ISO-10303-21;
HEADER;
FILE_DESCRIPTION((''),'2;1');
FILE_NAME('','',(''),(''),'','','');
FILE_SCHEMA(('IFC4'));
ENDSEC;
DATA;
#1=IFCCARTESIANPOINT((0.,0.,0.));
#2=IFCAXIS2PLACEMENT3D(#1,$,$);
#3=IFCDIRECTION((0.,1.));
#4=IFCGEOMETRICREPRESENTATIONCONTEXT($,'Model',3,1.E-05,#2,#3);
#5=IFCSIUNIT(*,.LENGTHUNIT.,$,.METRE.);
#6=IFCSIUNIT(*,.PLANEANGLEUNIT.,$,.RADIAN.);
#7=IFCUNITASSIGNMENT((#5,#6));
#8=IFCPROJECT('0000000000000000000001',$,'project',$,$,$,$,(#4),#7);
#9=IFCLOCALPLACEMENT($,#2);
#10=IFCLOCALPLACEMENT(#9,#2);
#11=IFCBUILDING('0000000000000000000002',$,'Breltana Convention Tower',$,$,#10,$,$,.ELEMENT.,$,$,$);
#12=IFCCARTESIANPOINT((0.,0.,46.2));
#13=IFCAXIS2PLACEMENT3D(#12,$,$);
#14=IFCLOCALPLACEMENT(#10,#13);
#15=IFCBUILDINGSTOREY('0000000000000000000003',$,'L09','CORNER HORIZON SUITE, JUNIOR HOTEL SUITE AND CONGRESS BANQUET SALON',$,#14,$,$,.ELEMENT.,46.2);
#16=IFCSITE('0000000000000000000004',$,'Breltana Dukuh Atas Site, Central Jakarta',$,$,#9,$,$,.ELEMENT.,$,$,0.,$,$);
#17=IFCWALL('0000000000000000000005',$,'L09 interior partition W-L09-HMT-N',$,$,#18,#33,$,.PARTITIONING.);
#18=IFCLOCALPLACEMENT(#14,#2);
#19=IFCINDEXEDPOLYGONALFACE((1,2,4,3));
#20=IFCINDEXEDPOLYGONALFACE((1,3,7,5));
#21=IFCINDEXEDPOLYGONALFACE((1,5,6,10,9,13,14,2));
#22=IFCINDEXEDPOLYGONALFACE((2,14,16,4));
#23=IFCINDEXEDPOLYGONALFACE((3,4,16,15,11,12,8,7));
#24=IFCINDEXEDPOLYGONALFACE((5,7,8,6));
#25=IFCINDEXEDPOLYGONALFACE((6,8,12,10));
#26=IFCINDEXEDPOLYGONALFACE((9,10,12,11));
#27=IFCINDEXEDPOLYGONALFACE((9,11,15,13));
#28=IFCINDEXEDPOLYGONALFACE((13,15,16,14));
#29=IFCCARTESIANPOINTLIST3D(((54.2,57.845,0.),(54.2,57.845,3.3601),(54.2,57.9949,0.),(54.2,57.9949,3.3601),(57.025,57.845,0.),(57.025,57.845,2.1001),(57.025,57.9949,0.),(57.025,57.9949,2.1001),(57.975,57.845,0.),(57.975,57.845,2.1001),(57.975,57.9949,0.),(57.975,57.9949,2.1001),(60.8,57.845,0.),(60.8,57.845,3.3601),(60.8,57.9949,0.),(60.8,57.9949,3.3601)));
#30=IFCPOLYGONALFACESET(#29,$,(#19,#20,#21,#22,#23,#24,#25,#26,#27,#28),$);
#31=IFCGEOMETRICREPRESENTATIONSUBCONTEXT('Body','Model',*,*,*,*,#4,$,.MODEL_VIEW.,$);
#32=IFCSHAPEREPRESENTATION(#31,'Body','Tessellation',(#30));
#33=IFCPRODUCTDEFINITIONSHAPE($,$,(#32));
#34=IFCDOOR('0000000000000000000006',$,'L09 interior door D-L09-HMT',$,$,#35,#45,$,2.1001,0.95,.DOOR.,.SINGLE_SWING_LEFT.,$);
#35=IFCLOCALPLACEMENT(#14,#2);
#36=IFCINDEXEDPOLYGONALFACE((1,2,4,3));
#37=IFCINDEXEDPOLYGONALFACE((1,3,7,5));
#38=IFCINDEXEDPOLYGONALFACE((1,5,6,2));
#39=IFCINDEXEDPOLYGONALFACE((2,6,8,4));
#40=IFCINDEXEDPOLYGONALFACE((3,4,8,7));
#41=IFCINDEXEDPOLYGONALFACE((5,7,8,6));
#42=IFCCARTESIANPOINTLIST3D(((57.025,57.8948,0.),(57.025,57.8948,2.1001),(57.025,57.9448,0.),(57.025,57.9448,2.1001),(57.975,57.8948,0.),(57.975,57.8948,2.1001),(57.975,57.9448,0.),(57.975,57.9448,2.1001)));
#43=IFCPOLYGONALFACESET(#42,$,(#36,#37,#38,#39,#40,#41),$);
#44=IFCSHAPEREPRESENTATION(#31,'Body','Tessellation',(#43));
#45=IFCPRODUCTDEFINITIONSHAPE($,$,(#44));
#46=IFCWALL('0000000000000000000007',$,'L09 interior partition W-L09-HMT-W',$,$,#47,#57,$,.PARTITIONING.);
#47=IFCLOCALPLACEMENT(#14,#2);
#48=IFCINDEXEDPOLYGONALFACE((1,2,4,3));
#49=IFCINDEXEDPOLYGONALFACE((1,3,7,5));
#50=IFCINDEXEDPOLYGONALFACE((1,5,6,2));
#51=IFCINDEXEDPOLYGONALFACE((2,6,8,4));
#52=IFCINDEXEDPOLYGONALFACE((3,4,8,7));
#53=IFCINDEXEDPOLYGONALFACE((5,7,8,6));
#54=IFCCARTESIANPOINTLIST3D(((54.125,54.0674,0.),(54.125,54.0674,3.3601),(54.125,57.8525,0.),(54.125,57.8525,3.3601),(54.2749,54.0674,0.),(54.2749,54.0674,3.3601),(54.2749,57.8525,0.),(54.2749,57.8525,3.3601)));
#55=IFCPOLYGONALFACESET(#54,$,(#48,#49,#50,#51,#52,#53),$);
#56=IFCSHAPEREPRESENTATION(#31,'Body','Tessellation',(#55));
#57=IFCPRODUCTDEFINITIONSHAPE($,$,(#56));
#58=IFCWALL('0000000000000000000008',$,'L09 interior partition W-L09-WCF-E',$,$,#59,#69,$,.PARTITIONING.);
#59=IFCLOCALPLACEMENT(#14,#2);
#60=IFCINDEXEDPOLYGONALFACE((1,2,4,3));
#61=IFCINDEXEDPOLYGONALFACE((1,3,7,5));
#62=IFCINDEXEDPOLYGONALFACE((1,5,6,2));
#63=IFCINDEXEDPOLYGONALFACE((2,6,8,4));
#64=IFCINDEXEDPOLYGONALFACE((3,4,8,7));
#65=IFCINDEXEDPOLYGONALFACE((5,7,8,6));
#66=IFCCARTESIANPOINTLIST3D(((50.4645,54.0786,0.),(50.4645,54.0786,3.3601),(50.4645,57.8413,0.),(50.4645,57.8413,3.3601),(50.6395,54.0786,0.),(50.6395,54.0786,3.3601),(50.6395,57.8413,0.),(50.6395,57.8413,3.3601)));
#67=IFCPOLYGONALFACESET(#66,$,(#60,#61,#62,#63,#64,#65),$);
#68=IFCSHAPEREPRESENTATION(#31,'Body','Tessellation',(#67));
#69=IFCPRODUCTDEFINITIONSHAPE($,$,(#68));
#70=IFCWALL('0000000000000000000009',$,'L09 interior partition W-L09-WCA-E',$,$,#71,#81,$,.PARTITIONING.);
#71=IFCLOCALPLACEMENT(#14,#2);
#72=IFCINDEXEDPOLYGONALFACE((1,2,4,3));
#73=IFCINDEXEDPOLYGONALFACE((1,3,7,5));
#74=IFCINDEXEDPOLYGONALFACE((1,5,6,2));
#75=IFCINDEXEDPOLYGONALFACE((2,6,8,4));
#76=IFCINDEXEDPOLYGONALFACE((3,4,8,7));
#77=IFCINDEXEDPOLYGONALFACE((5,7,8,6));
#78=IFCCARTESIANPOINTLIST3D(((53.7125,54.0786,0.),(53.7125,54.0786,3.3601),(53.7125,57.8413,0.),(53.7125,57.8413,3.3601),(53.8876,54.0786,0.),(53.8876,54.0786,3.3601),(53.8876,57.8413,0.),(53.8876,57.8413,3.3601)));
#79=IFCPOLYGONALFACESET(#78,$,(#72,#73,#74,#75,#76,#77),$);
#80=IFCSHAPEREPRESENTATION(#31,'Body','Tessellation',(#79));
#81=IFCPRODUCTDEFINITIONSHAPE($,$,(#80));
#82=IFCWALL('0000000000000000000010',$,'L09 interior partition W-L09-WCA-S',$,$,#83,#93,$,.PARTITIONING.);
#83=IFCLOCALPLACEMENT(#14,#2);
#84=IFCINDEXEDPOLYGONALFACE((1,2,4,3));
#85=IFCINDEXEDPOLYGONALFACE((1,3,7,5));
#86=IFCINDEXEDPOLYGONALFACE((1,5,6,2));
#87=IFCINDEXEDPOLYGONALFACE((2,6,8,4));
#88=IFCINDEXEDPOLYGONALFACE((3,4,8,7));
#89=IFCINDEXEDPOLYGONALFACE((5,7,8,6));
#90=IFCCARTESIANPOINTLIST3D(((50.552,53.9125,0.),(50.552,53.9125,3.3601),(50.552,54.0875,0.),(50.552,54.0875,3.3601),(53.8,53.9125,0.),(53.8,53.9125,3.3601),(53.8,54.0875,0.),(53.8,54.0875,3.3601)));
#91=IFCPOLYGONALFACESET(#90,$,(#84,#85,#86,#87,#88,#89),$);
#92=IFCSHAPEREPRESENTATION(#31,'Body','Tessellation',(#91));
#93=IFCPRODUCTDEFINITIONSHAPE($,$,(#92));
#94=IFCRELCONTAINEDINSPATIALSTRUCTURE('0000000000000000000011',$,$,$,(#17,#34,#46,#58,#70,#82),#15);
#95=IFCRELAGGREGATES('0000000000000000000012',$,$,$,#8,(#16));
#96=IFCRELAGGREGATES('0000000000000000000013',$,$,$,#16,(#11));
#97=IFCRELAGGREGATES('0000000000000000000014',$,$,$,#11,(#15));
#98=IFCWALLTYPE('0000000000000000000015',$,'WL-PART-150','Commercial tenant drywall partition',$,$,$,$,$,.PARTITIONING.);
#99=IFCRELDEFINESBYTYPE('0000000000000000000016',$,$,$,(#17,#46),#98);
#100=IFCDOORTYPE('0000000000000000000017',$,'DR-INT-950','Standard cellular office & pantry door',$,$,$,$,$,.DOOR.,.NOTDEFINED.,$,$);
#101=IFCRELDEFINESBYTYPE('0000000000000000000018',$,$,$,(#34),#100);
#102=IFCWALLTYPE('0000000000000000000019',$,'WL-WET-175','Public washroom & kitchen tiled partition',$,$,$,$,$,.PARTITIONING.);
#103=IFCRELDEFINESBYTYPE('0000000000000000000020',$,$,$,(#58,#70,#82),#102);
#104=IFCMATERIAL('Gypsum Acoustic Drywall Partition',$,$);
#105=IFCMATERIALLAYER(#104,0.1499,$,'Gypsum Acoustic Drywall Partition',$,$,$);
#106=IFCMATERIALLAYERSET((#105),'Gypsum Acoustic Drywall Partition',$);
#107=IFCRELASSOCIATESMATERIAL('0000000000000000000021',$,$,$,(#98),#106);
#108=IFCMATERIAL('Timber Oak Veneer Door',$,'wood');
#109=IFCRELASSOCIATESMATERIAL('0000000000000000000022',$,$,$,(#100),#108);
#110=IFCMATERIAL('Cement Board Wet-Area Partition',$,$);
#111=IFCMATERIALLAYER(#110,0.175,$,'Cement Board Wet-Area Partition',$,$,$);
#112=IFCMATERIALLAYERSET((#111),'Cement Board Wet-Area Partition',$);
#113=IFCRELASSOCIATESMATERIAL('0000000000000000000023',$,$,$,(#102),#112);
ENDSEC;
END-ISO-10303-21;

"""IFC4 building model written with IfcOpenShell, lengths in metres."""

from ifc_helpers import new_model, si_unit, direction, frame, frame_2d, origin, place, context, subcontext, project, spatial, rectangle, extrude, source, transform, mapped, material, layer, layer_set, type_object, type_shapes, element, fill, save


model = new_model("IFC4")

# Units and contexts
model_context = context("Model", 3, precision=1e-05, world=origin(), true_north=direction((0.0, 1.0)))
body_context = subcontext(model_context, "Body", "Model", "MODEL_VIEW")
ifc_project = project(units=[si_unit("LENGTHUNIT", "METRE"), si_unit("PLANEANGLEUNIT", "RADIAN")], contexts=[model_context])

# Site, building, storey
site_placement = place(None, origin())
site = spatial("IfcSite", under=ifc_project, at=site_placement, Name="Breltana Dukuh Atas Site, Central Jakarta", CompositionType="ELEMENT", RefElevation=0.0)
building_placement = place(site_placement, origin())
building = spatial("IfcBuilding", under=site, at=building_placement, Name="Breltana Convention Tower", CompositionType="ELEMENT")
storey_placement = place(building_placement, frame((0.0, 0.0, 46.2)))
storey = spatial("IfcBuildingStorey", under=building, at=storey_placement, Name="L09", Description="CORNER HORIZON SUITE, JUNIOR HOTEL SUITE AND CONGRESS BANQUET SALON", CompositionType="ELEMENT", Elevation=46.2)

# Shared definitions
ifc_material_1 = material(Name="Gypsum Acoustic Drywall Partition")
ifc_layer_1 = layer(ifc_material_1, 0.1499, Name="Gypsum Acoustic Drywall Partition")
ifc_layer_set_1 = layer_set([ifc_layer_1], Name="Gypsum Acoustic Drywall Partition")
wall_type_1 = type_object("IfcWallType", Name="WL-PART-150", Description="Commercial tenant drywall partition", PredefinedType="PARTITIONING", material=ifc_layer_set_1)

# Wall, opening, door
shared_shape_1 = source(origin(), body_context, "Body", "SweptSolid", [
    extrude(rectangle(XDim=6.6001, YDim=0.1499, at=frame_2d((3.3, 0.0))), origin(), (0.0, 0.0, 1.0), 3.3601),
])
wall_1_placement = place(storey_placement, frame((54.2, 57.9199, 0.0), z_axis=(0.0, 0.0, 1.0), x_axis=(1.0, 0.0, 0.0)))
wall_1 = element("IfcWall", 1, at=wall_1_placement, inside=storey, type_object=wall_type_1, Name="L09 interior partition W-L09-HMT-N", PredefinedType="PARTITIONING", context=body_context, shape_type="MappedRepresentation", body=[
    mapped(shared_shape_1, transform((0.0, 0.0, 0.0), scale=1.0)),
])
opening_1_placement = place(wall_1_placement, frame((2.825, 0.0, 0.0)))
opening_1 = element("IfcOpeningElement", 2, at=opening_1_placement, cuts=wall_1, PredefinedType="OPENING", context=body_context, shape_type="SweptSolid", body=[
    extrude(rectangle(XDim=0.95, YDim=2.1001, at=frame_2d((0.4751, 1.05))), frame((0.0, 0.085, 0.0), z_axis=(0.0, -1.0, 0.0), x_axis=(1.0, 0.0, 0.0)), (0.0, 0.0, 1.0), 0.1699),
])
ifc_material_2 = material(Name="Timber Oak Veneer Door", Category="wood")
door_type_1 = type_object("IfcDoorType", Name="DR-INT-950", Description="Standard cellular office & pantry door", OperationType="NOTDEFINED", PredefinedType="DOOR", material=ifc_material_2)
shared_shape_2 = source(origin(), body_context, "Body", "SweptSolid", [
    extrude(rectangle(XDim=0.95, YDim=2.1001, at=frame_2d((0.4751, 1.05))), frame((0.0, 0.0249, 0.0), z_axis=(0.0, -1.0, 0.0), x_axis=(1.0, 0.0, 0.0)), (0.0, 0.0, 1.0), 0.05),
])
type_shapes(door_type_1, [shared_shape_2])
door_1_placement = place(opening_1_placement, origin())
door_1 = element("IfcDoor", 3, at=door_1_placement, inside=storey, type_object=door_type_1, Name="L09 interior door D-L09-HMT", OperationType="SINGLE_SWING_LEFT", OverallHeight=2.1001, OverallWidth=0.95, PredefinedType="DOOR", context=body_context, shape_type="MappedRepresentation", body=[
    mapped(shared_shape_2, transform((0.0, 0.0, 0.0), scale=1.0)),
])
fill(opening_1, door_1)

# Walls
shared_shape_3 = source(origin(), body_context, "Body", "SweptSolid", [
    extrude(rectangle(XDim=3.7852, YDim=0.1499, at=frame_2d((1.8926, 0.0))), origin(), (0.0, 0.0, 1.0), 3.3601),
])
wall_2_placement = place(storey_placement, frame((54.2, 54.0674, 0.0), z_axis=(0.0, 0.0, 1.0), x_axis=(0.0, 1.0, 0.0)))
element("IfcWall", 4, at=wall_2_placement, inside=storey, type_object=wall_type_1, Name="L09 interior partition W-L09-HMT-W", PredefinedType="PARTITIONING", context=body_context, shape_type="MappedRepresentation", body=[
    mapped(shared_shape_3, transform((0.0, 0.0, 0.0), scale=1.0)),
])
ifc_material_3 = material(Name="Cement Board Wet-Area Partition")
ifc_layer_2 = layer(ifc_material_3, 0.175, Name="Cement Board Wet-Area Partition")
ifc_layer_set_2 = layer_set([ifc_layer_2], Name="Cement Board Wet-Area Partition")
wall_type_2 = type_object("IfcWallType", Name="WL-WET-175", Description="Public washroom & kitchen tiled partition", PredefinedType="PARTITIONING", material=ifc_layer_set_2)
shared_shape_4 = source(origin(), body_context, "Body", "SweptSolid", [
    extrude(rectangle(XDim=3.7627, YDim=0.175, at=frame_2d((1.8813, 0.0))), origin(), (0.0, 0.0, 1.0), 3.3601),
])
for number, where, z_axis, x_axis, name in (
    (5, (50.552, 54.0786, 0.0), (0.0, 0.0, 1.0), (0.0, 1.0, 0.0), "L09 interior partition W-L09-WCF-E"),
    (6, (53.8, 54.0786, 0.0), (0.0, 0.0, 1.0), (0.0, 1.0, 0.0), "L09 interior partition W-L09-WCA-E"),
):
    element("IfcWall", number, at=place(storey_placement, frame(where, z_axis=z_axis, x_axis=x_axis)), inside=storey, type_object=wall_type_2, Name=name, PredefinedType="PARTITIONING", context=body_context, shape_type="MappedRepresentation", body=[
        mapped(shared_shape_4, transform((0.0, 0.0, 0.0), scale=1.0)),
    ])
shared_shape_5 = source(origin(), body_context, "Body", "SweptSolid", [
    extrude(rectangle(XDim=3.248, YDim=0.175, at=frame_2d((1.624, 0.0))), origin(), (0.0, 0.0, 1.0), 3.3601),
])
wall_3_placement = place(storey_placement, frame((50.552, 54.0, 0.0), z_axis=(0.0, 0.0, 1.0), x_axis=(1.0, 0.0, 0.0)))
element("IfcWall", 7, at=wall_3_placement, inside=storey, type_object=wall_type_2, Name="L09 interior partition W-L09-WCA-S", PredefinedType="PARTITIONING", context=body_context, shape_type="MappedRepresentation", body=[
    mapped(shared_shape_5, transform((0.0, 0.0, 0.0), scale=1.0)),
])

save(model, "model.ifc")
